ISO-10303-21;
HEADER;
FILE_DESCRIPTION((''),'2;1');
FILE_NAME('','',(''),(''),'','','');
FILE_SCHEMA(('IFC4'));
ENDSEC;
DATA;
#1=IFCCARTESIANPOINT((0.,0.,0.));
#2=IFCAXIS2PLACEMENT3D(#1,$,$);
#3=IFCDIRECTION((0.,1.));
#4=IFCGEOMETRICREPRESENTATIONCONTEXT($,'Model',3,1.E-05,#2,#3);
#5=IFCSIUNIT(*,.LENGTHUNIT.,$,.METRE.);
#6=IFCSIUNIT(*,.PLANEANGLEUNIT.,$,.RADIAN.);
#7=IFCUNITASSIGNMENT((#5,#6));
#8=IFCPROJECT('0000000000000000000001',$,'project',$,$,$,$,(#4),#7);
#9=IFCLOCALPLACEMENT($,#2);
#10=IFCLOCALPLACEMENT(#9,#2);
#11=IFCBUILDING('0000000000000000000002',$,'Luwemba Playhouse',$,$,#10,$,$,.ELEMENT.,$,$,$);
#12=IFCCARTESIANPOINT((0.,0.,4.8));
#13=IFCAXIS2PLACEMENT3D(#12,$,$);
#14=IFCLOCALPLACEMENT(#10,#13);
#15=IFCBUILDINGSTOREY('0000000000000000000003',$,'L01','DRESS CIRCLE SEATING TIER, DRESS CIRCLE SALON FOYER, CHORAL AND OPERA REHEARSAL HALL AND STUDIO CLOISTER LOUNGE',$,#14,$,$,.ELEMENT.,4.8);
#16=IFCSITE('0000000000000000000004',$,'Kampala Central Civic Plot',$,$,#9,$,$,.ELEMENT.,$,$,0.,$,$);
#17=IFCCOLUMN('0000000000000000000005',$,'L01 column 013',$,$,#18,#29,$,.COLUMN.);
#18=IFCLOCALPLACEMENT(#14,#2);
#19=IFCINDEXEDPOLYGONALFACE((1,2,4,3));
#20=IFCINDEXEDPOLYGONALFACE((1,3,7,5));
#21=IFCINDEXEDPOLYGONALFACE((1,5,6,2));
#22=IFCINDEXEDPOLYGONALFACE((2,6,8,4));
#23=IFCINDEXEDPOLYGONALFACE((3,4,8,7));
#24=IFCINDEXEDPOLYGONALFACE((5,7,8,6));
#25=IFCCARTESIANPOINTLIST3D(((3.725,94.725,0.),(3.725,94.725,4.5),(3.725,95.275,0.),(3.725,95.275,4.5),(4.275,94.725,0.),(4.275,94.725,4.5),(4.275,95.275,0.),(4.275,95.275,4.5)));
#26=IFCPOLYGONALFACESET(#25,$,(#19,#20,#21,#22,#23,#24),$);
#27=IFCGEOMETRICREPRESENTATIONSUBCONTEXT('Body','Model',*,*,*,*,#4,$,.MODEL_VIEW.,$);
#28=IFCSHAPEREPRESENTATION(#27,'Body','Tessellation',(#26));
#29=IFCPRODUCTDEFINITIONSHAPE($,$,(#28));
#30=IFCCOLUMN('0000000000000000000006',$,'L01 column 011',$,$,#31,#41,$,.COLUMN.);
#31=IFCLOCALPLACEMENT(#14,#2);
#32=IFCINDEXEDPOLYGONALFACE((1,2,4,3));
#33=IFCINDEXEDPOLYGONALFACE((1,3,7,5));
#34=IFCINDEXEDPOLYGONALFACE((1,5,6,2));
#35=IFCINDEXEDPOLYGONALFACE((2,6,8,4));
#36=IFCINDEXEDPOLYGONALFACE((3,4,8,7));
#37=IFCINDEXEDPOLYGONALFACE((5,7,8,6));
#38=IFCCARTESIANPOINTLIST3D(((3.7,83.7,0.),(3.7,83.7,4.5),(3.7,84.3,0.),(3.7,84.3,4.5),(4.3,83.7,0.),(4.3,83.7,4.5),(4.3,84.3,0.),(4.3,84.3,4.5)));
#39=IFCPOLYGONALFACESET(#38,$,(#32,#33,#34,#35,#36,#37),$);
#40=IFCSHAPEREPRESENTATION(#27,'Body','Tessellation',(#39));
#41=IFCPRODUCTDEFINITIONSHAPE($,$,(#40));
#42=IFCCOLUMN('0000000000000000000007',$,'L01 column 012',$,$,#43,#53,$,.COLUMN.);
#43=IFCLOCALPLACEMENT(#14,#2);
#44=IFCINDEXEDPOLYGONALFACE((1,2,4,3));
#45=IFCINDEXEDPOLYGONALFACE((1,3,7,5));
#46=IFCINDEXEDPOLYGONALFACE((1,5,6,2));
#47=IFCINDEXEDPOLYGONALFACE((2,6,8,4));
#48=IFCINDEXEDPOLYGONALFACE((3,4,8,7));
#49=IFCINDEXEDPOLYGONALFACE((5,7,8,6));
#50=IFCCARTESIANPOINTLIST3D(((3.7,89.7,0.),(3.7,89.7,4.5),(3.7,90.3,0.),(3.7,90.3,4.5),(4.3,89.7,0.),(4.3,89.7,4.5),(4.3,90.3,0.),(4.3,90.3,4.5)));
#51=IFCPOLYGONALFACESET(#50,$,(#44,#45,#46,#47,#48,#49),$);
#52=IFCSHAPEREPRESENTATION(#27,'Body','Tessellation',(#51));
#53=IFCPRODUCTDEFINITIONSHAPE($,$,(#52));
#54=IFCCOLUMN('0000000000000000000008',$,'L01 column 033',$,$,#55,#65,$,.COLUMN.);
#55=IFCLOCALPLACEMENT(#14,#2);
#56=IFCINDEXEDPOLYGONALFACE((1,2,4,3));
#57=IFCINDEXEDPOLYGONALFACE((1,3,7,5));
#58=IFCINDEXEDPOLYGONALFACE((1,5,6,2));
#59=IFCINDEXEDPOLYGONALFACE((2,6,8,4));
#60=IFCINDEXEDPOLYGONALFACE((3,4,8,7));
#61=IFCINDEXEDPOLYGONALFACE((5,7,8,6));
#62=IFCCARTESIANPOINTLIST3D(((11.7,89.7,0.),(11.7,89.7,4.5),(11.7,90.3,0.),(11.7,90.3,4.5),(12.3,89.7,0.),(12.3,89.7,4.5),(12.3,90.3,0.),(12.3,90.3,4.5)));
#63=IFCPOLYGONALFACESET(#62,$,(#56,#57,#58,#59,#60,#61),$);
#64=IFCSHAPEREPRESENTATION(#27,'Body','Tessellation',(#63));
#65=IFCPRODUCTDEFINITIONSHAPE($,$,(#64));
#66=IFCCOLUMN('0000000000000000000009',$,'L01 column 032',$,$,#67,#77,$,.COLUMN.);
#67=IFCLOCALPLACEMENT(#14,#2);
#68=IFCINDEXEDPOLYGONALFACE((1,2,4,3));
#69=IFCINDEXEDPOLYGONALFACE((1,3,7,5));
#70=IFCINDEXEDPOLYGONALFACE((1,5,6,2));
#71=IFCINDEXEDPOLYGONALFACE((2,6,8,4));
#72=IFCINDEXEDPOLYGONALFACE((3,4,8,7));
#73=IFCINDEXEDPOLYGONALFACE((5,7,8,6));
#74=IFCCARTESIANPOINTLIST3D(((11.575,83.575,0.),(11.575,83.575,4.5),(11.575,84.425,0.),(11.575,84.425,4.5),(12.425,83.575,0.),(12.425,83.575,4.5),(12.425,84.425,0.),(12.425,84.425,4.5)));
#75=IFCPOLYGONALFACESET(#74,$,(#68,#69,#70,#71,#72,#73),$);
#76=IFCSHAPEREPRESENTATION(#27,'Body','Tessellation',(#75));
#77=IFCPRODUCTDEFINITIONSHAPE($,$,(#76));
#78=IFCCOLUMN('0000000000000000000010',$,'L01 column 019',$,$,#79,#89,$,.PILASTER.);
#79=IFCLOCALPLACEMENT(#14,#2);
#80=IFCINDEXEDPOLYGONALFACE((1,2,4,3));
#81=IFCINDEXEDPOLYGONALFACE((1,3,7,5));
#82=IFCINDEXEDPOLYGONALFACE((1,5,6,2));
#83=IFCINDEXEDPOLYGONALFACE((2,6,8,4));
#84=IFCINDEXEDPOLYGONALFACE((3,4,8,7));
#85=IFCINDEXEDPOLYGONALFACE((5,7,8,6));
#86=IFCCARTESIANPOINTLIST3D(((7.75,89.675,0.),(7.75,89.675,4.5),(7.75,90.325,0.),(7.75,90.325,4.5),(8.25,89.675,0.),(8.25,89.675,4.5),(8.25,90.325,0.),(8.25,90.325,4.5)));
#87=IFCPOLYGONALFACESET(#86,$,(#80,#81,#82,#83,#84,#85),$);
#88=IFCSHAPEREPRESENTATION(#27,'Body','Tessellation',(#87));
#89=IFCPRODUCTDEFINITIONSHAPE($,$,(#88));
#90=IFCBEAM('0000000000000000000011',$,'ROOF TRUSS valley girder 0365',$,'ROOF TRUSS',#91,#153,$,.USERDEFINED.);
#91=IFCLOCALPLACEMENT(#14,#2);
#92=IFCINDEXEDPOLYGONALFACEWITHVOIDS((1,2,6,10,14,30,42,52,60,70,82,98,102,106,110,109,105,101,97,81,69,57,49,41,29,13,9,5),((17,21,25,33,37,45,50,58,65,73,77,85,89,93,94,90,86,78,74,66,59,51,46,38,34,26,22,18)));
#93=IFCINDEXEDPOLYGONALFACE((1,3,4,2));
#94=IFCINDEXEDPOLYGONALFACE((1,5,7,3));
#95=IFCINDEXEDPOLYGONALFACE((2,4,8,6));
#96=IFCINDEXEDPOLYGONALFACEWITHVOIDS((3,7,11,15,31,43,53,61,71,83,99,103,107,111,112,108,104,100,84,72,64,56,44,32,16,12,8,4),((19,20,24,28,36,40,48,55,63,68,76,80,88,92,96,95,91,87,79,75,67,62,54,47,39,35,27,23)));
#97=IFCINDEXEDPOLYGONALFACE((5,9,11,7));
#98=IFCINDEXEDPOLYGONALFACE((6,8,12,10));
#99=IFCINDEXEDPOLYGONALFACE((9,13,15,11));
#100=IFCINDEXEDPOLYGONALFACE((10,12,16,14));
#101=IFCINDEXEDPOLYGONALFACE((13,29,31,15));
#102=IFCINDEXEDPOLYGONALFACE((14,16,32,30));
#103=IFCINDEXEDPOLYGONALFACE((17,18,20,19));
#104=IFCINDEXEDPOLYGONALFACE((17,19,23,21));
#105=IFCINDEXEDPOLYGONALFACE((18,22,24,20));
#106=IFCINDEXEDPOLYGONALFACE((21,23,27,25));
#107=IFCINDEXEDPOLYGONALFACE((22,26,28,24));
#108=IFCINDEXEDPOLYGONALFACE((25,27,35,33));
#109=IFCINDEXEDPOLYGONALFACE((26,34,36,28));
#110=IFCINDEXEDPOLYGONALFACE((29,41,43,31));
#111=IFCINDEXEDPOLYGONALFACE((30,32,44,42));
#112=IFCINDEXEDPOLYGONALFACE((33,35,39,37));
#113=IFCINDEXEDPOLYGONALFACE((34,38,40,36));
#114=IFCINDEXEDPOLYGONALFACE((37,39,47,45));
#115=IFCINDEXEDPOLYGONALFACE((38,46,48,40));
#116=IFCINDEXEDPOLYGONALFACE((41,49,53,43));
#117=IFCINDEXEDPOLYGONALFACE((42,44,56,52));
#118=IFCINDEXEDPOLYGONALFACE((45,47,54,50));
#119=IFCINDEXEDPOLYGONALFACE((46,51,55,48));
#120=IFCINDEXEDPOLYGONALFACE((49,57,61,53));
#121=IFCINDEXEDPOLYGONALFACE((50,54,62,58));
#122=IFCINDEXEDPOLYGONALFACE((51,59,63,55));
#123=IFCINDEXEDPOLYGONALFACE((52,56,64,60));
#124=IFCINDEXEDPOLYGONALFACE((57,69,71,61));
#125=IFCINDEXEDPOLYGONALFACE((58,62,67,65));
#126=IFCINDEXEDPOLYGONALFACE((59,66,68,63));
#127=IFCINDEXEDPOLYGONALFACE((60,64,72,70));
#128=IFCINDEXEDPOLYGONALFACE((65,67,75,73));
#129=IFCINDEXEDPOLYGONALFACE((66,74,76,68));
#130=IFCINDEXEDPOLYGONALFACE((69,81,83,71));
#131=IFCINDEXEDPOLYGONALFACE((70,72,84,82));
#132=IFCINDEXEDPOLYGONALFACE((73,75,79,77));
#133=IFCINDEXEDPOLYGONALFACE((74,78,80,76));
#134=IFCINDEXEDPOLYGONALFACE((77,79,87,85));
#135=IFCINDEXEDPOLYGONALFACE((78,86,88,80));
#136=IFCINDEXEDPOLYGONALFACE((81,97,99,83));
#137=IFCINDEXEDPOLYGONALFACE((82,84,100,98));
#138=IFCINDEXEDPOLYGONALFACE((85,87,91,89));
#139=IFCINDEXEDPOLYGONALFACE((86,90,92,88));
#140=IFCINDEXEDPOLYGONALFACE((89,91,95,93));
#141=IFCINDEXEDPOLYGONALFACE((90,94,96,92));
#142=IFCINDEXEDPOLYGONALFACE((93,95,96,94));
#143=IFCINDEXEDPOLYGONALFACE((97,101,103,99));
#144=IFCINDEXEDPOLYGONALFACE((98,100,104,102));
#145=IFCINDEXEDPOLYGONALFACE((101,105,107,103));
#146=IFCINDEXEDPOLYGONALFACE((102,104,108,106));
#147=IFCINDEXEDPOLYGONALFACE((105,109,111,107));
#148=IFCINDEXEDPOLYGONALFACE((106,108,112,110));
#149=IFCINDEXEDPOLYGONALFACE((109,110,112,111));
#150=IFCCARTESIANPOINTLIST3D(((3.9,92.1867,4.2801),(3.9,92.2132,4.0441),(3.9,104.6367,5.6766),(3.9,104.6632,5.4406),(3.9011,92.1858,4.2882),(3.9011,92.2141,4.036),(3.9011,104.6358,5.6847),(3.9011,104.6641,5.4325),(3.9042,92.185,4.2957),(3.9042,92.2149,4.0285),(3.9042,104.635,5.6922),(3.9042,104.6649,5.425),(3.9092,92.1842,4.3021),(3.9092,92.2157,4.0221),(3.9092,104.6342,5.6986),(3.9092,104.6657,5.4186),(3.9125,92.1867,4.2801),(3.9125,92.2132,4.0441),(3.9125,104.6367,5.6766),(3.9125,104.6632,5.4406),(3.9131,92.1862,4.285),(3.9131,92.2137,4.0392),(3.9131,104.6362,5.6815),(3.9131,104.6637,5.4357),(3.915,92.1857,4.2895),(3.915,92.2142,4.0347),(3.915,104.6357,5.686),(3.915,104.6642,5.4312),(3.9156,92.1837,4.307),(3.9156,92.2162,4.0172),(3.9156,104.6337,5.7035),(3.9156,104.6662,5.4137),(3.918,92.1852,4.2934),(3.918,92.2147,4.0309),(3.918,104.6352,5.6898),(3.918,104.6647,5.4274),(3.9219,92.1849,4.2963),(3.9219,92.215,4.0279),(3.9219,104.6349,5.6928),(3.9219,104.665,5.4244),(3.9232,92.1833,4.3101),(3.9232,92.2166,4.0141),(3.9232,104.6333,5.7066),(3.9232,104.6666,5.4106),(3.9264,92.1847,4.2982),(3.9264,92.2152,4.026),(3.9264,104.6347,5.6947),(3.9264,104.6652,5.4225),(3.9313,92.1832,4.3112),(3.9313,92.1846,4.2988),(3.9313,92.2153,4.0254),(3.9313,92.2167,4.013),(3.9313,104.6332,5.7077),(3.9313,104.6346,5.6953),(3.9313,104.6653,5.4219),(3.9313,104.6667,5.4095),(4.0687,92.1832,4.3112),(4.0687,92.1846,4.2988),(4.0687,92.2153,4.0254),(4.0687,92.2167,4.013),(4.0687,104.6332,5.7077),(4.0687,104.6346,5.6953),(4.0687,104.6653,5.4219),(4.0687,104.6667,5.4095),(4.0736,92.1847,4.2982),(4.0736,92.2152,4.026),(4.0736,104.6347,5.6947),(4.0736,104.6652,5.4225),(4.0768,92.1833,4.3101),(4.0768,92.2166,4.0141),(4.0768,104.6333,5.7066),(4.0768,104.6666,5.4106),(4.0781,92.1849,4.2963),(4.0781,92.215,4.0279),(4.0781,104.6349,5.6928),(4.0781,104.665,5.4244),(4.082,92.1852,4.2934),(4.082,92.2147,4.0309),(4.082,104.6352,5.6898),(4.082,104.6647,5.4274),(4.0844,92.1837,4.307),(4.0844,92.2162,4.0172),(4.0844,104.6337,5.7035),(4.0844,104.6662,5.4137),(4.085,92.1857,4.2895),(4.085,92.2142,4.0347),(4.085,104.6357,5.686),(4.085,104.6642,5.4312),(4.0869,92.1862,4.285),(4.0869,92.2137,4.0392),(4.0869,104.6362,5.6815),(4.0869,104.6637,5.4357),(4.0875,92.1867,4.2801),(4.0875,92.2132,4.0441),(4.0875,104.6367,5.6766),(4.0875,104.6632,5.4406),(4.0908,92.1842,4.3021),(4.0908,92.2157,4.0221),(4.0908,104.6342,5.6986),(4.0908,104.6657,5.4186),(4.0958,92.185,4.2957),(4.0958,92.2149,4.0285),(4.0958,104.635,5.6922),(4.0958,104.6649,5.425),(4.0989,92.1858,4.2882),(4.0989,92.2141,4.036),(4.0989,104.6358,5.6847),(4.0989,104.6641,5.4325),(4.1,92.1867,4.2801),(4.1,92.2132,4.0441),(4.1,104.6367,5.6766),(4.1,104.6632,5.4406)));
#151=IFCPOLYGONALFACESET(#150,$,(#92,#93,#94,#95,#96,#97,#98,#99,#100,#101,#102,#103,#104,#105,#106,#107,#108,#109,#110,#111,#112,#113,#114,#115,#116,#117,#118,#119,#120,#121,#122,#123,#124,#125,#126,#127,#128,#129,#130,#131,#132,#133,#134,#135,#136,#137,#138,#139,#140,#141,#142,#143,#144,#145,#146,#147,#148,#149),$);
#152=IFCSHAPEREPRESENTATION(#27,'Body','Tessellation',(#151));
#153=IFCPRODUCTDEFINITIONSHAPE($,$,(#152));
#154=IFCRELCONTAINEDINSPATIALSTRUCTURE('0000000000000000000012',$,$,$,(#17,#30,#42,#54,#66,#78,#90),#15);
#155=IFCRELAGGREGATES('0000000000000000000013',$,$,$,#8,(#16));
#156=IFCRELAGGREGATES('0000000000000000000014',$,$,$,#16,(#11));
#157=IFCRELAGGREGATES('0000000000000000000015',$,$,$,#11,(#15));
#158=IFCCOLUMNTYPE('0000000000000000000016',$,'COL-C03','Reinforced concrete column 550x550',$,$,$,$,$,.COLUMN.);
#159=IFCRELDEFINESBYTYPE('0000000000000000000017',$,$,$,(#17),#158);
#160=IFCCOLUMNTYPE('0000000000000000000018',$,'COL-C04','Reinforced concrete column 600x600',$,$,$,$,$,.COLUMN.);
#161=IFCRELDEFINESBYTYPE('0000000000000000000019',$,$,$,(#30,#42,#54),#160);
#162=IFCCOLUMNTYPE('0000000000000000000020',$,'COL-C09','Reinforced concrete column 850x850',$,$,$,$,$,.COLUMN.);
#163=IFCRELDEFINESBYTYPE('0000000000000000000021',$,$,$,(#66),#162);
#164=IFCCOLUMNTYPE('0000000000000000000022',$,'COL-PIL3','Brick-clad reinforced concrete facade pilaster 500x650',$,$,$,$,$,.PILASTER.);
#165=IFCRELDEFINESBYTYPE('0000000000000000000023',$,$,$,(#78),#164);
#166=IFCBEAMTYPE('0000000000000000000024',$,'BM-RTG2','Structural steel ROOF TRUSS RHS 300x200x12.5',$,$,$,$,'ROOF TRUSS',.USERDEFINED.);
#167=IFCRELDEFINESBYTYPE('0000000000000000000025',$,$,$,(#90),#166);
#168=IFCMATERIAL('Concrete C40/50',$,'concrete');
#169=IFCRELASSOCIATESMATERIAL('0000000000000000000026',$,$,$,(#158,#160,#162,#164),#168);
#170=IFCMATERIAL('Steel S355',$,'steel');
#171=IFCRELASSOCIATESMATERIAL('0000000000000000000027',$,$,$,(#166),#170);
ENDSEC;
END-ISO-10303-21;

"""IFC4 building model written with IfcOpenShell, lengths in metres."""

from ifc_helpers import new_model, si_unit, direction, frame, origin, origin_2d, place, context, subcontext, project, spatial, rectangle, hollow_rectangle, extrude, material, material_profile, profile_set, type_object, element, save


model = new_model("IFC4")

# Units and contexts
model_context = context("Model", 3, precision=1e-05, world=origin(), true_north=direction((0.0, 1.0)))
body_context = subcontext(model_context, "Body", "Model", "MODEL_VIEW")
ifc_project = project(units=[si_unit("LENGTHUNIT", "METRE"), si_unit("PLANEANGLEUNIT", "RADIAN")], contexts=[model_context])

# Site, building, storey
site_placement = place(None, origin())
site = spatial("IfcSite", under=ifc_project, at=site_placement, Name="Kampala Central Civic Plot", CompositionType="ELEMENT", RefElevation=0.0)
building_placement = place(site_placement, origin())
building = spatial("IfcBuilding", under=site, at=building_placement, Name="Luwemba Playhouse", CompositionType="ELEMENT")
storey_placement = place(building_placement, frame((0.0, 0.0, 4.8)))
storey = spatial("IfcBuildingStorey", under=building, at=storey_placement, Name="L01", Description="DRESS CIRCLE SEATING TIER, DRESS CIRCLE SALON FOYER, CHORAL AND OPERA REHEARSAL HALL AND STUDIO CLOISTER LOUNGE", CompositionType="ELEMENT", Elevation=4.8)

# Columns
ifc_material_1 = material(Name="Concrete C40/50", Category="concrete")
ifc_material_profile_1 = material_profile(ifc_material_1, rectangle(XDim=0.55, YDim=0.55, at=origin_2d()))
ifc_profile_set_1 = profile_set([ifc_material_profile_1], Name="Concrete C40/50")
column_type_1 = type_object("IfcColumnType", Name="COL-C03", Description="Reinforced concrete column 550x550", PredefinedType="COLUMN", material=ifc_profile_set_1)
column_1_placement = place(storey_placement, frame((4.0, 95.0, 0.0), z_axis=(0.0, 0.0, 1.0), x_axis=(1.0, 0.0, 0.0)))
element("IfcColumn", 1, at=column_1_placement, inside=storey, type_object=column_type_1, Name="L01 column 013", PredefinedType="COLUMN", context=body_context, shape_type="SweptSolid", body=[
    extrude(rectangle(XDim=0.55, YDim=0.55, at=origin_2d()), origin(), (0.0, 0.0, 1.0), 4.5),
])
ifc_material_profile_2 = material_profile(ifc_material_1, rectangle(XDim=0.6001, YDim=0.6001, at=origin_2d()))
ifc_profile_set_2 = profile_set([ifc_material_profile_2], Name="Concrete C40/50")
column_type_2 = type_object("IfcColumnType", Name="COL-C04", Description="Reinforced concrete column 600x600", PredefinedType="COLUMN", material=ifc_profile_set_2)
for number, where, z_axis, x_axis, name in (
    (2, (4.0, 84.0, 0.0), (0.0, 0.0, 1.0), (1.0, 0.0, 0.0), "L01 column 011"),
    (3, (4.0, 90.0, 0.0), (0.0, 0.0, 1.0), (1.0, 0.0, 0.0), "L01 column 012"),
    (4, (12.0, 90.0, 0.0), (0.0, 0.0, 1.0), (1.0, 0.0, 0.0), "L01 column 033"),
):
    element("IfcColumn", number, at=place(storey_placement, frame(where, z_axis=z_axis, x_axis=x_axis)), inside=storey, type_object=column_type_2, Name=name, PredefinedType="COLUMN", context=body_context, shape_type="SweptSolid", body=[
        extrude(rectangle(XDim=0.6001, YDim=0.6001, at=origin_2d()), origin(), (0.0, 0.0, 1.0), 4.5),
    ])
ifc_material_profile_3 = material_profile(ifc_material_1, rectangle(XDim=0.8501, YDim=0.8501, at=origin_2d()))
ifc_profile_set_3 = profile_set([ifc_material_profile_3], Name="Concrete C40/50")
column_type_3 = type_object("IfcColumnType", Name="COL-C09", Description="Reinforced concrete column 850x850", PredefinedType="COLUMN", material=ifc_profile_set_3)
column_2_placement = place(storey_placement, frame((12.0, 84.0, 0.0), z_axis=(0.0, 0.0, 1.0), x_axis=(1.0, 0.0, 0.0)))
element("IfcColumn", 5, at=column_2_placement, inside=storey, type_object=column_type_3, Name="L01 column 032", PredefinedType="COLUMN", context=body_context, shape_type="SweptSolid", body=[
    extrude(rectangle(XDim=0.8501, YDim=0.8501, at=origin_2d()), origin(), (0.0, 0.0, 1.0), 4.5),
])
ifc_material_profile_4 = material_profile(ifc_material_1, rectangle(XDim=0.5, YDim=0.6499, at=origin_2d()))
ifc_profile_set_4 = profile_set([ifc_material_profile_4], Name="Concrete C40/50")
column_type_4 = type_object("IfcColumnType", Name="COL-PIL3", Description="Brick-clad reinforced concrete facade pilaster 500x650", PredefinedType="PILASTER", material=ifc_profile_set_4)
column_3_placement = place(storey_placement, frame((8.0, 90.0, 0.0), z_axis=(0.0, 0.0, 1.0), x_axis=(1.0, 0.0, 0.0)))
element("IfcColumn", 6, at=column_3_placement, inside=storey, type_object=column_type_4, Name="L01 column 019", PredefinedType="PILASTER", context=body_context, shape_type="SweptSolid", body=[
    extrude(rectangle(XDim=0.5, YDim=0.6499, at=origin_2d()), origin(), (0.0, 0.0, 1.0), 4.5),
])

# Beam
ifc_material_2 = material(Name="Steel S355", Category="steel")
ifc_material_profile_5 = material_profile(ifc_material_2, hollow_rectangle(XDim=0.2, YDim=0.3, WallThickness=0.0125, InnerFilletRadius=0.0188, OuterFilletRadius=0.0312, at=origin_2d()))
ifc_profile_set_5 = profile_set([ifc_material_profile_5], Name="Steel S355")
beam_type_1 = type_object("IfcBeamType", Name="BM-RTG2", Description="Structural steel ROOF TRUSS RHS 300x200x12.5", ElementType="ROOF TRUSS", PredefinedType="USERDEFINED", material=ifc_profile_set_5)
beam_1_placement = place(storey_placement, frame((4.0, 92.2, 4.1621), z_axis=(0.0, 0.993768, 0.111469), x_axis=(-1.0, 0.0, 0.0)))
element("IfcBeam", 7, at=beam_1_placement, inside=storey, type_object=beam_type_1, Name="ROOF TRUSS valley girder 0365", ObjectType="ROOF TRUSS", PredefinedType="USERDEFINED", context=body_context, shape_type="SweptSolid", body=[
    extrude(hollow_rectangle(XDim=0.2, YDim=0.3, WallThickness=0.0125, InnerFilletRadius=0.0188, OuterFilletRadius=0.0312, at=origin_2d()), origin(), (0.0, 0.0, 1.0), 12.5281),
])

save(model, "model.ifc")
